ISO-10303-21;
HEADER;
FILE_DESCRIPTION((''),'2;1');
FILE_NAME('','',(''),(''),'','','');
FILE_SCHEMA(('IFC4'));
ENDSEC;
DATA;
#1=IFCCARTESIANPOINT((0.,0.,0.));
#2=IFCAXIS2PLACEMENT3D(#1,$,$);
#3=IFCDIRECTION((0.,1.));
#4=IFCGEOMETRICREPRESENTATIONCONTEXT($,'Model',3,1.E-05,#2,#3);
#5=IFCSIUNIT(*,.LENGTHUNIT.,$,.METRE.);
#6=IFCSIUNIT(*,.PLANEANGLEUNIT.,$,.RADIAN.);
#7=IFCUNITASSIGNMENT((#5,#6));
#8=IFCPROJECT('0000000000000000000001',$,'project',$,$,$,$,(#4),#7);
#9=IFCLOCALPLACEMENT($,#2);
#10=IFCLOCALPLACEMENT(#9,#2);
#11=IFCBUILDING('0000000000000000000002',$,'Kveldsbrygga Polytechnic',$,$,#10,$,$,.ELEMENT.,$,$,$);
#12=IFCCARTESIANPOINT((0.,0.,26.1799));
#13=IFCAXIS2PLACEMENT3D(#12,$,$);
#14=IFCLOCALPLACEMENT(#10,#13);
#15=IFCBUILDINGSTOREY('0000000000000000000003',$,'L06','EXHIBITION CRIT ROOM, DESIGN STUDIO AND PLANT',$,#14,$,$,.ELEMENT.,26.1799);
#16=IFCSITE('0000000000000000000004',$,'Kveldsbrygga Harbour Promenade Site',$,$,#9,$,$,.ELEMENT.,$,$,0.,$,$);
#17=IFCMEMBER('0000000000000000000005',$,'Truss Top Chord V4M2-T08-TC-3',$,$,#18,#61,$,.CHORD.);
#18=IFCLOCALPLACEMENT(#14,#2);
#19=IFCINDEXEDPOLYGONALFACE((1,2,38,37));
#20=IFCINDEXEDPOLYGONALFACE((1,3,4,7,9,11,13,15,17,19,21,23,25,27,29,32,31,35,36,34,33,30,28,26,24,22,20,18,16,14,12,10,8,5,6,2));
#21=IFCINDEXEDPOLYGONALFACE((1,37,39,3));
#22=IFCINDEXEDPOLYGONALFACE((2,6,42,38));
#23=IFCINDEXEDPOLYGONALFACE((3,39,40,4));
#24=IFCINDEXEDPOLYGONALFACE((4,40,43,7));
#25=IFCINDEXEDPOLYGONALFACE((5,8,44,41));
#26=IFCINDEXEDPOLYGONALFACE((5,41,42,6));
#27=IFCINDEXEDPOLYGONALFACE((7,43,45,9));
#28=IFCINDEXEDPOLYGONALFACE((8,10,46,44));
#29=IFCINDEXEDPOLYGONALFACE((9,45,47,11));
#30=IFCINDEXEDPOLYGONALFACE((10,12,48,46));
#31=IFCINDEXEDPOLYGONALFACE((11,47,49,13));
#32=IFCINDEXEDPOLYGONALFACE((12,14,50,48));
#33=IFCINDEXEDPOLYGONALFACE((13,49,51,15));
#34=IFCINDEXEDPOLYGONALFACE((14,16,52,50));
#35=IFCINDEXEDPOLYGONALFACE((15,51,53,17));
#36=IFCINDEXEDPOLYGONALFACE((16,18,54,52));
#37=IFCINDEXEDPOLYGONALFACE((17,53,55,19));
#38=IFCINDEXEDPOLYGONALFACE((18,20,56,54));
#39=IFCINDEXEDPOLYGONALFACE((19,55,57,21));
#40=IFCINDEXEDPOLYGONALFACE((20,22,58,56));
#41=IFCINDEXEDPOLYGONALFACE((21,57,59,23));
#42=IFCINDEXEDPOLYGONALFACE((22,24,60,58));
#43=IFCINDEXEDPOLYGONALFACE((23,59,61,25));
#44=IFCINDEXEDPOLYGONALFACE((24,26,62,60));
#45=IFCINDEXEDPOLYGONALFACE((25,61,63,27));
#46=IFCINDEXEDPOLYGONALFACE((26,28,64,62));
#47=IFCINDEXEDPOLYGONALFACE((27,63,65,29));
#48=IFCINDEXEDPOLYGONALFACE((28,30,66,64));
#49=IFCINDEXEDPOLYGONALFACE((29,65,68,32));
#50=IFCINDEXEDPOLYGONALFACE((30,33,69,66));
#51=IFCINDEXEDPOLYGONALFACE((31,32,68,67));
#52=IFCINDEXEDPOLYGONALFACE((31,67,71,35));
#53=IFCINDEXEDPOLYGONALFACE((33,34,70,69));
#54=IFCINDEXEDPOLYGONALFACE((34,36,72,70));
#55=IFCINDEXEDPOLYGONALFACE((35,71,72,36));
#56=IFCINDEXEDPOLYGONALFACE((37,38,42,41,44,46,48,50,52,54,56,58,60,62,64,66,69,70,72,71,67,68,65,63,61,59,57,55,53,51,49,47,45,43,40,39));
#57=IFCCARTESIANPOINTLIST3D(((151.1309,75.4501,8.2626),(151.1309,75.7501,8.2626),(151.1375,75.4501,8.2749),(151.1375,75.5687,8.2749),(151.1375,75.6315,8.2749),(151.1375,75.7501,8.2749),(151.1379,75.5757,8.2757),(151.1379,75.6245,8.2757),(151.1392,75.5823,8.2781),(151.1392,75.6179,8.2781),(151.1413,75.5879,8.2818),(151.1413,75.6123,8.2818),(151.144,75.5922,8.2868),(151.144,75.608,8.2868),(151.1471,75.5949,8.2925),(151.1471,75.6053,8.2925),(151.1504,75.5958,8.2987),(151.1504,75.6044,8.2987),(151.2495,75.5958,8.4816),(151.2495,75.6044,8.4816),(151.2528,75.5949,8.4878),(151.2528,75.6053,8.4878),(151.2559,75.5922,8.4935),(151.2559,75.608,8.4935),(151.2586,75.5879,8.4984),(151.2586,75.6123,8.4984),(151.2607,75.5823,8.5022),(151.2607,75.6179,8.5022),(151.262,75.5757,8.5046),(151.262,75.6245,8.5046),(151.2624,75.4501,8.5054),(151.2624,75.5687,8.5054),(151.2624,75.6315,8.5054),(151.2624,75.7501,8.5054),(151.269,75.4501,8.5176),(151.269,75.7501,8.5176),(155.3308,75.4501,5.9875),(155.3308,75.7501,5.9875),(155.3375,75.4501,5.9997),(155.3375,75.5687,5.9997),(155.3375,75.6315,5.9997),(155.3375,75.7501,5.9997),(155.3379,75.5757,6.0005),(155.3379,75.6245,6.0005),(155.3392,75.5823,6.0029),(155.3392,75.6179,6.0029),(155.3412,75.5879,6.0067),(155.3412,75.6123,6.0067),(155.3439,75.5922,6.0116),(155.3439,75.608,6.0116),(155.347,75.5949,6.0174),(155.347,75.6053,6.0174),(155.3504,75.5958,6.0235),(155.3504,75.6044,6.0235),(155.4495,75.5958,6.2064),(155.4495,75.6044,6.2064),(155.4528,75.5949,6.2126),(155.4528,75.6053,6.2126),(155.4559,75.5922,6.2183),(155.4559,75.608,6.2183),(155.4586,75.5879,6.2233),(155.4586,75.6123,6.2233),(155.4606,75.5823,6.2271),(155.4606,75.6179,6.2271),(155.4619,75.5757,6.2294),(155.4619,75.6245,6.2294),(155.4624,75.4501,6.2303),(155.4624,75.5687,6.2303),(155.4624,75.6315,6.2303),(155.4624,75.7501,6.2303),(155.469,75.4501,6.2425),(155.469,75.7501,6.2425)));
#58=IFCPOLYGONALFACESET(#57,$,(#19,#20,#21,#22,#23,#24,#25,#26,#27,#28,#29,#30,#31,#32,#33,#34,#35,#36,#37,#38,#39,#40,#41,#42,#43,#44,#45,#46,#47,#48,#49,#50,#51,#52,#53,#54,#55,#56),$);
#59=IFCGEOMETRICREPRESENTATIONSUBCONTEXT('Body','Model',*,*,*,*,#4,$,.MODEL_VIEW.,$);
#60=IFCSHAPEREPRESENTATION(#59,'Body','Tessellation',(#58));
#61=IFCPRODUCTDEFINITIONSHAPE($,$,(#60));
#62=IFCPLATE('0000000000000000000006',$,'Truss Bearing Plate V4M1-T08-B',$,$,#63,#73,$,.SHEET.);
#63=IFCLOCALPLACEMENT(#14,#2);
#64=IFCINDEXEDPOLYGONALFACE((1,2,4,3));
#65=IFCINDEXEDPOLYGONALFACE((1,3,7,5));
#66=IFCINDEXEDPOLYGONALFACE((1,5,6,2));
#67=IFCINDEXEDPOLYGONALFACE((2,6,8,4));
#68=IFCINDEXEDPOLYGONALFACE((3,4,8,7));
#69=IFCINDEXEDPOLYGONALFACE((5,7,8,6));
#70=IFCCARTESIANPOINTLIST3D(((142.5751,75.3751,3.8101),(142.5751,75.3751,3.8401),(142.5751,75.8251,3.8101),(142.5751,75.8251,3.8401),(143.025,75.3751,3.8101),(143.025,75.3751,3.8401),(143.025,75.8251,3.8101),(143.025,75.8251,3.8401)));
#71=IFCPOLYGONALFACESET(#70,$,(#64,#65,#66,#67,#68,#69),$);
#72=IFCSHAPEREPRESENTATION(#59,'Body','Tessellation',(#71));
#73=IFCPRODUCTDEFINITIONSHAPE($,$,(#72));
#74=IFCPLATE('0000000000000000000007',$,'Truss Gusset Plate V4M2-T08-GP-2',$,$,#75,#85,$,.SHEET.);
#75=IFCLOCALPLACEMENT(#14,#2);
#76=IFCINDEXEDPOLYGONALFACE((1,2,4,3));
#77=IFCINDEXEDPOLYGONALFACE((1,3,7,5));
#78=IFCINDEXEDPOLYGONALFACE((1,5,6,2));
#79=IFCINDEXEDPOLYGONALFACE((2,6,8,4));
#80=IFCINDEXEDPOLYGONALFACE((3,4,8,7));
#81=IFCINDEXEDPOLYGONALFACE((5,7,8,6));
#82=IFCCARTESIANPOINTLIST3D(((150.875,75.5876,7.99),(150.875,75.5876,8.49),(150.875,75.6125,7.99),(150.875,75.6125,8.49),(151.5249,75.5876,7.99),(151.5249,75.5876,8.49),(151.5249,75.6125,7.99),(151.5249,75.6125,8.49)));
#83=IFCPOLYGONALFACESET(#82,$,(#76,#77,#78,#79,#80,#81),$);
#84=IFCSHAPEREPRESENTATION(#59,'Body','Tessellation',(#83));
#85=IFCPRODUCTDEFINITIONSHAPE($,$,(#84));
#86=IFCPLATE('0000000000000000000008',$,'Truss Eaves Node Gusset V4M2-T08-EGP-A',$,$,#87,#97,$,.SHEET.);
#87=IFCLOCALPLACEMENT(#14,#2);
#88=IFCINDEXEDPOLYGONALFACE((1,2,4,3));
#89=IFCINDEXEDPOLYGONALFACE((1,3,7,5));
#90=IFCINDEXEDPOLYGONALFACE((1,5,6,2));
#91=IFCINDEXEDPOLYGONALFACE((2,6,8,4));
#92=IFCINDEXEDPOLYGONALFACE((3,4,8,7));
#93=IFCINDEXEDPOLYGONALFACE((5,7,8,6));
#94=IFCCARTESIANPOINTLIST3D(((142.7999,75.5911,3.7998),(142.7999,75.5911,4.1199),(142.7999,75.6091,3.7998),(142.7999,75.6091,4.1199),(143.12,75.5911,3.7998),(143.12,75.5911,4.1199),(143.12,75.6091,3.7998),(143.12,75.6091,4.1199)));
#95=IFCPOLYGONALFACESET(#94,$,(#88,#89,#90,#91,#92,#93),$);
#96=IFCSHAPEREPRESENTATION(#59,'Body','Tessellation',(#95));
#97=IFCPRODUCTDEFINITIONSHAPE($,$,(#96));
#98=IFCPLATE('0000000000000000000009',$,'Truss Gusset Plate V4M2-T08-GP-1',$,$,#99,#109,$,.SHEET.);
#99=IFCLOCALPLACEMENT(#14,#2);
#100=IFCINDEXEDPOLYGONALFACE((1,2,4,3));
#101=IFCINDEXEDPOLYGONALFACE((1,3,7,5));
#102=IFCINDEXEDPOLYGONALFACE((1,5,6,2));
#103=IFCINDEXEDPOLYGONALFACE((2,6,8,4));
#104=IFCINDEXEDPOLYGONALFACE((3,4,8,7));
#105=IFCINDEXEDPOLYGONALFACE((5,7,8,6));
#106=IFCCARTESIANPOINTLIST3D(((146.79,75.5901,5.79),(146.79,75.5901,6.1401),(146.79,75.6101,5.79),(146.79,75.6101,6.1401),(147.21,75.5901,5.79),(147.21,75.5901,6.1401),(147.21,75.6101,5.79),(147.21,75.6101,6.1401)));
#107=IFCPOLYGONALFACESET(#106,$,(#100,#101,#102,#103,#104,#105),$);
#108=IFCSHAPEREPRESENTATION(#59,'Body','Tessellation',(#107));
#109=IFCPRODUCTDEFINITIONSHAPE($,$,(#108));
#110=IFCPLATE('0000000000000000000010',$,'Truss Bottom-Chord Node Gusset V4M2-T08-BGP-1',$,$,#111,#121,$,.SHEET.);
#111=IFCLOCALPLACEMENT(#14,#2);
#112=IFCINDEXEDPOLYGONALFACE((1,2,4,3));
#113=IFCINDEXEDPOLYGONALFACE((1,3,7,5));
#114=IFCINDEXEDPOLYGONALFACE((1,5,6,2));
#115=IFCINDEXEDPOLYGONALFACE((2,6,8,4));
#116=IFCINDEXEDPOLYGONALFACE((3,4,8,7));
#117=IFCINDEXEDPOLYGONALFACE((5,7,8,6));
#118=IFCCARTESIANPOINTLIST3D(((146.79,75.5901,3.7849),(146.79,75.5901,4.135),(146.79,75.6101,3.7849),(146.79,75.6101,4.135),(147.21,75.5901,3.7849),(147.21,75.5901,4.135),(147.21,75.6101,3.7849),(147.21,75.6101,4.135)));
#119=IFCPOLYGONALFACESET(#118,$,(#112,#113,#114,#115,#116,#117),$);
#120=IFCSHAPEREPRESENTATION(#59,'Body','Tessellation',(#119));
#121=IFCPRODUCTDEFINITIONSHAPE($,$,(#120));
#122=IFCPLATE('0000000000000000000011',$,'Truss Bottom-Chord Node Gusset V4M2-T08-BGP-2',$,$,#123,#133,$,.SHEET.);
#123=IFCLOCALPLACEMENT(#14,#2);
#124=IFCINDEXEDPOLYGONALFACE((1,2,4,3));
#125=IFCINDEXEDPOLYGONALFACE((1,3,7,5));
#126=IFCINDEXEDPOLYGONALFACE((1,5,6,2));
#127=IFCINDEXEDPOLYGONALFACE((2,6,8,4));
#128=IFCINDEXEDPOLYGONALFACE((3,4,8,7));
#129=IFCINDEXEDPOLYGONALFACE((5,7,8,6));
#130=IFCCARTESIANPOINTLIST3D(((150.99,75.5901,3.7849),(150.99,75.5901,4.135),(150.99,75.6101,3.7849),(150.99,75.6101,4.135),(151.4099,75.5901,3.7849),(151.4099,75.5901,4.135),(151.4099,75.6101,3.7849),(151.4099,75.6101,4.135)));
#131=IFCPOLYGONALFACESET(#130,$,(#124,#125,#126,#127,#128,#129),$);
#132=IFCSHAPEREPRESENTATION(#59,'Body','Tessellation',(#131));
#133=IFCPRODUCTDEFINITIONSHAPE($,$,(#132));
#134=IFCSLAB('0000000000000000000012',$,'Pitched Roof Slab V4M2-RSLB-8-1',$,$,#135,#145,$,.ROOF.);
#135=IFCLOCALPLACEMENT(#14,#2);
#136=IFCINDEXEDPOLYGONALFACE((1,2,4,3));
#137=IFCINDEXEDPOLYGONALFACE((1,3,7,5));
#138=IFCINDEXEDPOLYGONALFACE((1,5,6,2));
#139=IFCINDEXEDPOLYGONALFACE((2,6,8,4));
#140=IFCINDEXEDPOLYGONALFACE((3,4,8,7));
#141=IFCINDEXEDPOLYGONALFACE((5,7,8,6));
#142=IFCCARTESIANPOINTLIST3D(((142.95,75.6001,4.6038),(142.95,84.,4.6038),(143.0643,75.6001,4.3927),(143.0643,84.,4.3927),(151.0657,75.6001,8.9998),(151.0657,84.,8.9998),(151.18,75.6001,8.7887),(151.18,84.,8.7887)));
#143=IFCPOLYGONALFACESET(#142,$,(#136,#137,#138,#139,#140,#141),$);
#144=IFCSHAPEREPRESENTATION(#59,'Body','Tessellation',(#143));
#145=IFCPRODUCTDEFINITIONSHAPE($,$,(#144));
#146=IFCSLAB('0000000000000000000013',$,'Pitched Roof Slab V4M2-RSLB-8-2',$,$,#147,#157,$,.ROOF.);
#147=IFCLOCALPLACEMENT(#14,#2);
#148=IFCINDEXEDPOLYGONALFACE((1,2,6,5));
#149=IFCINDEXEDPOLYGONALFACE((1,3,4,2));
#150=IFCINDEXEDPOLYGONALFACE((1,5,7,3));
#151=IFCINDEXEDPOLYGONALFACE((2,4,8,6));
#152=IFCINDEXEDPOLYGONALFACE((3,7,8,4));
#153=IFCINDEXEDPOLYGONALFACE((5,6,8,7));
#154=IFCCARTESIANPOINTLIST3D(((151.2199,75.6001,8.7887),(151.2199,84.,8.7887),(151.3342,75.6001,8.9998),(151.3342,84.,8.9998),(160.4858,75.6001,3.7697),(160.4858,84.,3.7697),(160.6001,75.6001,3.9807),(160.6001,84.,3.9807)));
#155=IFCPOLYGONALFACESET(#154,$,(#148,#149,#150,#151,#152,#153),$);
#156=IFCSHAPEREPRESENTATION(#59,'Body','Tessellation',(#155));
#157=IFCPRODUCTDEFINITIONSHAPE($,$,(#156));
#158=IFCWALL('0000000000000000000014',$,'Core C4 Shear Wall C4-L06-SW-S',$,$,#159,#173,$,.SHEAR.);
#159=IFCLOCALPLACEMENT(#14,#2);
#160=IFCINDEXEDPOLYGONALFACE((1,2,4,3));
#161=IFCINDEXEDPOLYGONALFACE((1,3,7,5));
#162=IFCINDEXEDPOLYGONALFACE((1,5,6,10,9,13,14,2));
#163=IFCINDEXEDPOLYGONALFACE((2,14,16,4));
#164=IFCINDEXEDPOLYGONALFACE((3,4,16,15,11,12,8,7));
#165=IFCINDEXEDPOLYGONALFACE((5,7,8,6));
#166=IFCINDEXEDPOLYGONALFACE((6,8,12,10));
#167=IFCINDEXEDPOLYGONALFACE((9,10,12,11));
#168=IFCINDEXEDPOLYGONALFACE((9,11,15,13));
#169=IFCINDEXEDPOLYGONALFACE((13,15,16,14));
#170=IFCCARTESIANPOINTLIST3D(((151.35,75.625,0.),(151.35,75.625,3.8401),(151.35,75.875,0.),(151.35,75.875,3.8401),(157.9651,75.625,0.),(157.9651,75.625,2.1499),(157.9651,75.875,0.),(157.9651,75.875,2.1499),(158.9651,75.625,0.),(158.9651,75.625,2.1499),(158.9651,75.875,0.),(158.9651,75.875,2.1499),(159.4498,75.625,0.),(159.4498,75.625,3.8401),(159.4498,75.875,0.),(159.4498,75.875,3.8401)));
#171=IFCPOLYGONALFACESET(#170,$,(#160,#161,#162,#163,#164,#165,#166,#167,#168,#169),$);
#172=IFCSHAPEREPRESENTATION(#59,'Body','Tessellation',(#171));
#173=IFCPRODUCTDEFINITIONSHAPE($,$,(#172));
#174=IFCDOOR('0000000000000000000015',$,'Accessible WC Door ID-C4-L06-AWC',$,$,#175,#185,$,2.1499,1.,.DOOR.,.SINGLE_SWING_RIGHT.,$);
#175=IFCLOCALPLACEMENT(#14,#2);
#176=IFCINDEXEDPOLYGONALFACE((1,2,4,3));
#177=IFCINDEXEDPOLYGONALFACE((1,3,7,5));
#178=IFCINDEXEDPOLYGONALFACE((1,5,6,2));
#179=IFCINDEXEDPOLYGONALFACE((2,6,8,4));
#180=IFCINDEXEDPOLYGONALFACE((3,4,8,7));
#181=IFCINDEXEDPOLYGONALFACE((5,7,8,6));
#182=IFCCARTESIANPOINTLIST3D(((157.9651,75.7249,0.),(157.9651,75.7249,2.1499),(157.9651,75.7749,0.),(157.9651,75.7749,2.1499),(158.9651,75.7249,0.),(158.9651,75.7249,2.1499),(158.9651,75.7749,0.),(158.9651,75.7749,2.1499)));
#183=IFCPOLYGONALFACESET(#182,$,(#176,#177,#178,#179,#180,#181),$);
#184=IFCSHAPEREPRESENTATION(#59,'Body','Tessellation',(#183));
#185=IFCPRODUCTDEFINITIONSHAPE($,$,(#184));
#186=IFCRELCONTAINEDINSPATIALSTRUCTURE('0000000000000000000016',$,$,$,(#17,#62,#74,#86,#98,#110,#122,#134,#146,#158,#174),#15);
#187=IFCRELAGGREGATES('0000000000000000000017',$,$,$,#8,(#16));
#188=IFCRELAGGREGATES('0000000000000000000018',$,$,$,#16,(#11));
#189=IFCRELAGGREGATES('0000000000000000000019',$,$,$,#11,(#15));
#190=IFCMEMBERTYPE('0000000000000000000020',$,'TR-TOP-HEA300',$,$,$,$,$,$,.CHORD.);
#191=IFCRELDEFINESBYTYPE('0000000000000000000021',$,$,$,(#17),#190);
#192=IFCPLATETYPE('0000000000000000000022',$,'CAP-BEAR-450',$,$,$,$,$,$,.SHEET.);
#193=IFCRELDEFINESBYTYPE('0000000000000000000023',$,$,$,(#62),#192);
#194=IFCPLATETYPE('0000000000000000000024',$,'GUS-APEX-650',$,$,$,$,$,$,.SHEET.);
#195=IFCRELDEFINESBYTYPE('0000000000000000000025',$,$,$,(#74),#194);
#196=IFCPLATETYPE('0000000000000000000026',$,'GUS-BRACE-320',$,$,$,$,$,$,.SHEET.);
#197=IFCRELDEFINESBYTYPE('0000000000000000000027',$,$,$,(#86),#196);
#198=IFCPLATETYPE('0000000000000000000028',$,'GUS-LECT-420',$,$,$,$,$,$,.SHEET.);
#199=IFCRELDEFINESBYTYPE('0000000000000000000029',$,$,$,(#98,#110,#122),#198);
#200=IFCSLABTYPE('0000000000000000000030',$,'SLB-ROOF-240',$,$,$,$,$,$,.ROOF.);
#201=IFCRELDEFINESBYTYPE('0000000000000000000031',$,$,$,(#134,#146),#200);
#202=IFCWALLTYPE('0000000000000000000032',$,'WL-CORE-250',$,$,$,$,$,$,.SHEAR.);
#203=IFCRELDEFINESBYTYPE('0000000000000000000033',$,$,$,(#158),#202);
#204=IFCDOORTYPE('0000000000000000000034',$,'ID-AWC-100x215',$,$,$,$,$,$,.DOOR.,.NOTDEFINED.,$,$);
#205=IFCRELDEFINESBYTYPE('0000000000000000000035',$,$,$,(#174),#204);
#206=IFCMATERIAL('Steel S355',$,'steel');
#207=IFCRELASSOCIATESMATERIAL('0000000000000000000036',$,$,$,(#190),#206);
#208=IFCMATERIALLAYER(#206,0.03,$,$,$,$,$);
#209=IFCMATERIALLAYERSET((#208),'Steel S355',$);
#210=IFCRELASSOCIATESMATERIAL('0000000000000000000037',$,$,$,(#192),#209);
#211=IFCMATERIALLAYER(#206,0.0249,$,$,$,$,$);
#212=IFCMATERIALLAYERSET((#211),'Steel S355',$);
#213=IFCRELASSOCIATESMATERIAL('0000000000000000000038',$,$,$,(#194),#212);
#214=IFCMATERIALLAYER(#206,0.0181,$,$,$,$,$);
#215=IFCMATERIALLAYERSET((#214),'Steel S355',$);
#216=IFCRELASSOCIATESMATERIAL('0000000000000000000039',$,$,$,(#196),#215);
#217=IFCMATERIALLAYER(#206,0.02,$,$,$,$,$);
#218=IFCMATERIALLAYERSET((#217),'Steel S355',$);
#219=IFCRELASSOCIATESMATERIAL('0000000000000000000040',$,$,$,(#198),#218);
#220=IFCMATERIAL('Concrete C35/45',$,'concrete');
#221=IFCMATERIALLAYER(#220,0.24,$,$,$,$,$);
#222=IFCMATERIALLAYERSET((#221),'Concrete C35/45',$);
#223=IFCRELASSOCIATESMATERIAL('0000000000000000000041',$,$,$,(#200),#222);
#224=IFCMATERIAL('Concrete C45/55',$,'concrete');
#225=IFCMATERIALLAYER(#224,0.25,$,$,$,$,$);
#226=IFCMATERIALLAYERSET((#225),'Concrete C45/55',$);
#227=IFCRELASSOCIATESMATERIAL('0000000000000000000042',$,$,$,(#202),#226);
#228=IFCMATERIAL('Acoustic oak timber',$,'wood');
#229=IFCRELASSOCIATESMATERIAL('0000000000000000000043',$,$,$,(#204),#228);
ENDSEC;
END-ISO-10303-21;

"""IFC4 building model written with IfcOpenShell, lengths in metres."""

from ifc_helpers import new_model, si_unit, direction, frame, frame_2d, origin, origin_2d, place, context, subcontext, project, spatial, polyline, rectangle, i_section, outline, extrude, material, layer, layer_set, material_profile, profile_set, type_object, element, fill, save


model = new_model("IFC4")

# Units and contexts
model_context = context("Model", 3, precision=1e-05, world=origin(), true_north=direction((0.0, 1.0)))
body_context = subcontext(model_context, "Body", "Model", "MODEL_VIEW")
ifc_project = project(units=[si_unit("LENGTHUNIT", "METRE"), si_unit("PLANEANGLEUNIT", "RADIAN")], contexts=[model_context])

# Site, building, storey
site_placement = place(None, origin())
site = spatial("IfcSite", under=ifc_project, at=site_placement, Name="Kveldsbrygga Harbour Promenade Site", CompositionType="ELEMENT", RefElevation=0.0)
building_placement = place(site_placement, origin())
building = spatial("IfcBuilding", under=site, at=building_placement, Name="Kveldsbrygga Polytechnic", CompositionType="ELEMENT")
storey_placement = place(building_placement, frame((0.0, 0.0, 26.1799)))
storey = spatial("IfcBuildingStorey", under=building, at=storey_placement, Name="L06", Description="EXHIBITION CRIT ROOM, DESIGN STUDIO AND PLANT", CompositionType="ELEMENT", Elevation=26.1799)

# Shared definitions
ifc_material_1 = material(Name="Concrete C45/55", Category="concrete")

# Shared definitions
ifc_material_2 = material(Name="Steel S355", Category="steel")

# Member
ifc_material_profile_1 = material_profile(ifc_material_2, i_section(OverallWidth=0.3, OverallDepth=0.29, WebThickness=0.0085, FlangeThickness=0.0139, FilletRadius=0.0271, at=origin_2d()), Name="HEA 300")
ifc_profile_set_1 = profile_set([ifc_material_profile_1], Name="Steel S355")
member_type_1 = type_object("IfcMemberType", Name="TR-TOP-HEA300", PredefinedType="CHORD", material=ifc_profile_set_1)
for number, where, z_axis, x_axis, name in (
    (1, (151.2, 75.6001, 8.3901), (0.879277, 0.0, -0.476311), (0.0, 1.0, 0.0), "Truss Top Chord V4M2-T08-TC-3"),
):
    element("IfcMember", number, at=place(storey_placement, frame(where, z_axis=z_axis, x_axis=x_axis)), inside=storey, type_object=member_type_1, Name=name, PredefinedType="CHORD", context=body_context, shape_type="SweptSolid", body=[
        extrude(i_section(OverallWidth=0.3, OverallDepth=0.29, WebThickness=0.0085, FlangeThickness=0.0139, FilletRadius=0.0271, at=origin_2d()), origin(), (0.0, 0.0, 1.0), 4.7766),
    ])

# Plates
ifc_layer_1 = layer(ifc_material_2, 0.03)
ifc_layer_set_1 = layer_set([ifc_layer_1], Name="Steel S355")
plate_type_1 = type_object("IfcPlateType", Name="CAP-BEAR-450", PredefinedType="SHEET", material=ifc_layer_set_1)
plate_1_placement = place(storey_placement, frame((142.8, 75.6001, 3.8101), z_axis=(0.0, 0.0, 1.0), x_axis=(1.0, 0.0, 0.0)))
element("IfcPlate", 2, at=plate_1_placement, inside=storey, type_object=plate_type_1, Name="Truss Bearing Plate V4M1-T08-B", PredefinedType="SHEET", context=body_context, shape_type="SweptSolid", body=[
    extrude(rectangle(XDim=0.45, YDim=0.45, at=origin_2d()), origin(), (0.0, 0.0, 1.0), 0.03),
])
ifc_layer_2 = layer(ifc_material_2, 0.0249)
ifc_layer_set_2 = layer_set([ifc_layer_2], Name="Steel S355")
plate_type_2 = type_object("IfcPlateType", Name="GUS-APEX-650", PredefinedType="SHEET", material=ifc_layer_set_2)
plate_2_placement = place(storey_placement, frame((151.2, 75.6001, 7.99), z_axis=(0.0, 0.0, 1.0), x_axis=(1.0, 0.0, 0.0)))
element("IfcPlate", 3, at=plate_2_placement, inside=storey, type_object=plate_type_2, Name="Truss Gusset Plate V4M2-T08-GP-2", PredefinedType="SHEET", context=body_context, shape_type="SweptSolid", body=[
    extrude(rectangle(XDim=0.6499, YDim=0.0249, at=origin_2d()), origin(), (0.0, 0.0, 1.0), 0.5),
])
ifc_layer_3 = layer(ifc_material_2, 0.0181)
ifc_layer_set_3 = layer_set([ifc_layer_3], Name="Steel S355")
plate_type_3 = type_object("IfcPlateType", Name="GUS-BRACE-320", PredefinedType="SHEET", material=ifc_layer_set_3)
plate_3_placement = place(storey_placement, frame((142.96, 75.6001, 3.7998), z_axis=(0.0, 0.0, 1.0), x_axis=(1.0, 0.0, 0.0)))
element("IfcPlate", 4, at=plate_3_placement, inside=storey, type_object=plate_type_3, Name="Truss Eaves Node Gusset V4M2-T08-EGP-A", PredefinedType="SHEET", context=body_context, shape_type="SweptSolid", body=[
    extrude(rectangle(XDim=0.3201, YDim=0.0181, at=origin_2d()), origin(), (0.0, 0.0, 1.0), 0.3201),
])
ifc_layer_4 = layer(ifc_material_2, 0.02)
ifc_layer_set_4 = layer_set([ifc_layer_4], Name="Steel S355")
plate_type_4 = type_object("IfcPlateType", Name="GUS-LECT-420", PredefinedType="SHEET", material=ifc_layer_set_4)
for number, where, z_axis, x_axis, name in (
    (5, (147.0, 75.6001, 5.79), (0.0, 0.0, 1.0), (1.0, 0.0, 0.0), "Truss Gusset Plate V4M2-T08-GP-1"),
    (6, (147.0, 75.6001, 3.7849), (0.0, 0.0, 1.0), (1.0, 0.0, 0.0), "Truss Bottom-Chord Node Gusset V4M2-T08-BGP-1"),
    (7, (151.2, 75.6001, 3.7849), (0.0, 0.0, 1.0), (1.0, 0.0, 0.0), "Truss Bottom-Chord Node Gusset V4M2-T08-BGP-2"),
):
    element("IfcPlate", number, at=place(storey_placement, frame(where, z_axis=z_axis, x_axis=x_axis)), inside=storey, type_object=plate_type_4, Name=name, PredefinedType="SHEET", context=body_context, shape_type="SweptSolid", body=[
        extrude(rectangle(XDim=0.4199, YDim=0.02, at=origin_2d()), origin(), (0.0, 0.0, 1.0), 0.3501),
    ])

# Slabs
ifc_material_3 = material(Name="Concrete C35/45", Category="concrete")
ifc_layer_5 = layer(ifc_material_3, 0.24)
ifc_layer_set_5 = layer_set([ifc_layer_5], Name="Concrete C35/45")
slab_type = type_object("IfcSlabType", Name="SLB-ROOF-240", PredefinedType="ROOF", material=ifc_layer_set_5)
slab_1_placement = place(storey_placement, frame((142.95, 75.6001, 4.6038), z_axis=(-0.476281, 0.0, 0.879293), x_axis=(0.879293, 0.0, 0.476281)))
element("IfcSlab", 8, at=slab_1_placement, inside=storey, type_object=slab_type, Name="Pitched Roof Slab V4M2-RSLB-8-1", PredefinedType="ROOF", context=body_context, shape_type="SweptSolid", body=[
    extrude(outline(polyline([(0.0, 0.0), (9.2298, 0.0), (9.2298, 8.3999), (0.0, 8.3999), (0.0, 0.0)])), origin(), (0.0, 0.0, -1.0), 0.24),
])
slab_2_placement = place(storey_placement, frame((151.3342, 75.6001, 8.9998), z_axis=(0.476285, 0.0, 0.879291), x_axis=(0.879291, 0.0, -0.476285)))
element("IfcSlab", 9, at=slab_2_placement, inside=storey, type_object=slab_type, Name="Pitched Roof Slab V4M2-RSLB-8-2", PredefinedType="ROOF", context=body_context, shape_type="SweptSolid", body=[
    extrude(outline(polyline([(0.0, 0.0), (10.5379, 0.0), (10.5379, 8.3999), (0.0, 8.3999), (0.0, 0.0)])), origin(), (0.0, 0.0, -1.0), 0.24),
])

# Wall, opening, door
ifc_layer_6 = layer(ifc_material_1, 0.25)
ifc_layer_set_6 = layer_set([ifc_layer_6], Name="Concrete C45/55")
wall_type = type_object("IfcWallType", Name="WL-CORE-250", PredefinedType="SHEAR", material=ifc_layer_set_6)
wall_1_placement = place(storey_placement, frame((151.3501, 75.75, 0.0), z_axis=(0.0, 0.0, 1.0), x_axis=(1.0, 0.0, 0.0)))
wall_1 = element("IfcWall", 10, at=wall_1_placement, inside=storey, type_object=wall_type, Name="Core C4 Shear Wall C4-L06-SW-S", PredefinedType="SHEAR", context=body_context, shape_type="SweptSolid", body=[
    extrude(rectangle(XDim=8.0999, YDim=0.25, at=frame_2d((4.0498, 0.0))), origin(), (0.0, 0.0, 1.0), 3.8401),
])
opening_1_placement = place(wall_1_placement, frame((6.615, 0.0, 0.0)))
opening_1 = element("IfcOpeningElement", 11, at=opening_1_placement, cuts=wall_1, PredefinedType="OPENING", context=body_context, shape_type="SweptSolid", body=[
    extrude(rectangle(XDim=1.0, YDim=2.1499, at=frame_2d((0.5, 1.075))), frame((0.0, 0.135, 0.0), z_axis=(0.0, -1.0, 0.0), x_axis=(1.0, 0.0, 0.0)), (0.0, 0.0, 1.0), 0.27),
])
ifc_material_4 = material(Name="Acoustic oak timber", Category="wood")
door_type_1 = type_object("IfcDoorType", Name="ID-AWC-100x215", OperationType="NOTDEFINED", PredefinedType="DOOR", material=ifc_material_4)
door_1_placement = place(opening_1_placement, origin())
door_1 = element("IfcDoor", 12, at=door_1_placement, inside=storey, type_object=door_type_1, Name="Accessible WC Door ID-C4-L06-AWC", OperationType="SINGLE_SWING_RIGHT", OverallHeight=2.1499, OverallWidth=1.0, PredefinedType="DOOR", context=body_context, shape_type="SweptSolid", body=[
    extrude(rectangle(XDim=1.0, YDim=2.1499, at=frame_2d((0.5, 1.075))), frame((0.0, 0.0249, 0.0), z_axis=(0.0, -1.0, 0.0), x_axis=(1.0, 0.0, 0.0)), (0.0, 0.0, 1.0), 0.05),
])
fill(opening_1, door_1)

save(model, "model.ifc")
